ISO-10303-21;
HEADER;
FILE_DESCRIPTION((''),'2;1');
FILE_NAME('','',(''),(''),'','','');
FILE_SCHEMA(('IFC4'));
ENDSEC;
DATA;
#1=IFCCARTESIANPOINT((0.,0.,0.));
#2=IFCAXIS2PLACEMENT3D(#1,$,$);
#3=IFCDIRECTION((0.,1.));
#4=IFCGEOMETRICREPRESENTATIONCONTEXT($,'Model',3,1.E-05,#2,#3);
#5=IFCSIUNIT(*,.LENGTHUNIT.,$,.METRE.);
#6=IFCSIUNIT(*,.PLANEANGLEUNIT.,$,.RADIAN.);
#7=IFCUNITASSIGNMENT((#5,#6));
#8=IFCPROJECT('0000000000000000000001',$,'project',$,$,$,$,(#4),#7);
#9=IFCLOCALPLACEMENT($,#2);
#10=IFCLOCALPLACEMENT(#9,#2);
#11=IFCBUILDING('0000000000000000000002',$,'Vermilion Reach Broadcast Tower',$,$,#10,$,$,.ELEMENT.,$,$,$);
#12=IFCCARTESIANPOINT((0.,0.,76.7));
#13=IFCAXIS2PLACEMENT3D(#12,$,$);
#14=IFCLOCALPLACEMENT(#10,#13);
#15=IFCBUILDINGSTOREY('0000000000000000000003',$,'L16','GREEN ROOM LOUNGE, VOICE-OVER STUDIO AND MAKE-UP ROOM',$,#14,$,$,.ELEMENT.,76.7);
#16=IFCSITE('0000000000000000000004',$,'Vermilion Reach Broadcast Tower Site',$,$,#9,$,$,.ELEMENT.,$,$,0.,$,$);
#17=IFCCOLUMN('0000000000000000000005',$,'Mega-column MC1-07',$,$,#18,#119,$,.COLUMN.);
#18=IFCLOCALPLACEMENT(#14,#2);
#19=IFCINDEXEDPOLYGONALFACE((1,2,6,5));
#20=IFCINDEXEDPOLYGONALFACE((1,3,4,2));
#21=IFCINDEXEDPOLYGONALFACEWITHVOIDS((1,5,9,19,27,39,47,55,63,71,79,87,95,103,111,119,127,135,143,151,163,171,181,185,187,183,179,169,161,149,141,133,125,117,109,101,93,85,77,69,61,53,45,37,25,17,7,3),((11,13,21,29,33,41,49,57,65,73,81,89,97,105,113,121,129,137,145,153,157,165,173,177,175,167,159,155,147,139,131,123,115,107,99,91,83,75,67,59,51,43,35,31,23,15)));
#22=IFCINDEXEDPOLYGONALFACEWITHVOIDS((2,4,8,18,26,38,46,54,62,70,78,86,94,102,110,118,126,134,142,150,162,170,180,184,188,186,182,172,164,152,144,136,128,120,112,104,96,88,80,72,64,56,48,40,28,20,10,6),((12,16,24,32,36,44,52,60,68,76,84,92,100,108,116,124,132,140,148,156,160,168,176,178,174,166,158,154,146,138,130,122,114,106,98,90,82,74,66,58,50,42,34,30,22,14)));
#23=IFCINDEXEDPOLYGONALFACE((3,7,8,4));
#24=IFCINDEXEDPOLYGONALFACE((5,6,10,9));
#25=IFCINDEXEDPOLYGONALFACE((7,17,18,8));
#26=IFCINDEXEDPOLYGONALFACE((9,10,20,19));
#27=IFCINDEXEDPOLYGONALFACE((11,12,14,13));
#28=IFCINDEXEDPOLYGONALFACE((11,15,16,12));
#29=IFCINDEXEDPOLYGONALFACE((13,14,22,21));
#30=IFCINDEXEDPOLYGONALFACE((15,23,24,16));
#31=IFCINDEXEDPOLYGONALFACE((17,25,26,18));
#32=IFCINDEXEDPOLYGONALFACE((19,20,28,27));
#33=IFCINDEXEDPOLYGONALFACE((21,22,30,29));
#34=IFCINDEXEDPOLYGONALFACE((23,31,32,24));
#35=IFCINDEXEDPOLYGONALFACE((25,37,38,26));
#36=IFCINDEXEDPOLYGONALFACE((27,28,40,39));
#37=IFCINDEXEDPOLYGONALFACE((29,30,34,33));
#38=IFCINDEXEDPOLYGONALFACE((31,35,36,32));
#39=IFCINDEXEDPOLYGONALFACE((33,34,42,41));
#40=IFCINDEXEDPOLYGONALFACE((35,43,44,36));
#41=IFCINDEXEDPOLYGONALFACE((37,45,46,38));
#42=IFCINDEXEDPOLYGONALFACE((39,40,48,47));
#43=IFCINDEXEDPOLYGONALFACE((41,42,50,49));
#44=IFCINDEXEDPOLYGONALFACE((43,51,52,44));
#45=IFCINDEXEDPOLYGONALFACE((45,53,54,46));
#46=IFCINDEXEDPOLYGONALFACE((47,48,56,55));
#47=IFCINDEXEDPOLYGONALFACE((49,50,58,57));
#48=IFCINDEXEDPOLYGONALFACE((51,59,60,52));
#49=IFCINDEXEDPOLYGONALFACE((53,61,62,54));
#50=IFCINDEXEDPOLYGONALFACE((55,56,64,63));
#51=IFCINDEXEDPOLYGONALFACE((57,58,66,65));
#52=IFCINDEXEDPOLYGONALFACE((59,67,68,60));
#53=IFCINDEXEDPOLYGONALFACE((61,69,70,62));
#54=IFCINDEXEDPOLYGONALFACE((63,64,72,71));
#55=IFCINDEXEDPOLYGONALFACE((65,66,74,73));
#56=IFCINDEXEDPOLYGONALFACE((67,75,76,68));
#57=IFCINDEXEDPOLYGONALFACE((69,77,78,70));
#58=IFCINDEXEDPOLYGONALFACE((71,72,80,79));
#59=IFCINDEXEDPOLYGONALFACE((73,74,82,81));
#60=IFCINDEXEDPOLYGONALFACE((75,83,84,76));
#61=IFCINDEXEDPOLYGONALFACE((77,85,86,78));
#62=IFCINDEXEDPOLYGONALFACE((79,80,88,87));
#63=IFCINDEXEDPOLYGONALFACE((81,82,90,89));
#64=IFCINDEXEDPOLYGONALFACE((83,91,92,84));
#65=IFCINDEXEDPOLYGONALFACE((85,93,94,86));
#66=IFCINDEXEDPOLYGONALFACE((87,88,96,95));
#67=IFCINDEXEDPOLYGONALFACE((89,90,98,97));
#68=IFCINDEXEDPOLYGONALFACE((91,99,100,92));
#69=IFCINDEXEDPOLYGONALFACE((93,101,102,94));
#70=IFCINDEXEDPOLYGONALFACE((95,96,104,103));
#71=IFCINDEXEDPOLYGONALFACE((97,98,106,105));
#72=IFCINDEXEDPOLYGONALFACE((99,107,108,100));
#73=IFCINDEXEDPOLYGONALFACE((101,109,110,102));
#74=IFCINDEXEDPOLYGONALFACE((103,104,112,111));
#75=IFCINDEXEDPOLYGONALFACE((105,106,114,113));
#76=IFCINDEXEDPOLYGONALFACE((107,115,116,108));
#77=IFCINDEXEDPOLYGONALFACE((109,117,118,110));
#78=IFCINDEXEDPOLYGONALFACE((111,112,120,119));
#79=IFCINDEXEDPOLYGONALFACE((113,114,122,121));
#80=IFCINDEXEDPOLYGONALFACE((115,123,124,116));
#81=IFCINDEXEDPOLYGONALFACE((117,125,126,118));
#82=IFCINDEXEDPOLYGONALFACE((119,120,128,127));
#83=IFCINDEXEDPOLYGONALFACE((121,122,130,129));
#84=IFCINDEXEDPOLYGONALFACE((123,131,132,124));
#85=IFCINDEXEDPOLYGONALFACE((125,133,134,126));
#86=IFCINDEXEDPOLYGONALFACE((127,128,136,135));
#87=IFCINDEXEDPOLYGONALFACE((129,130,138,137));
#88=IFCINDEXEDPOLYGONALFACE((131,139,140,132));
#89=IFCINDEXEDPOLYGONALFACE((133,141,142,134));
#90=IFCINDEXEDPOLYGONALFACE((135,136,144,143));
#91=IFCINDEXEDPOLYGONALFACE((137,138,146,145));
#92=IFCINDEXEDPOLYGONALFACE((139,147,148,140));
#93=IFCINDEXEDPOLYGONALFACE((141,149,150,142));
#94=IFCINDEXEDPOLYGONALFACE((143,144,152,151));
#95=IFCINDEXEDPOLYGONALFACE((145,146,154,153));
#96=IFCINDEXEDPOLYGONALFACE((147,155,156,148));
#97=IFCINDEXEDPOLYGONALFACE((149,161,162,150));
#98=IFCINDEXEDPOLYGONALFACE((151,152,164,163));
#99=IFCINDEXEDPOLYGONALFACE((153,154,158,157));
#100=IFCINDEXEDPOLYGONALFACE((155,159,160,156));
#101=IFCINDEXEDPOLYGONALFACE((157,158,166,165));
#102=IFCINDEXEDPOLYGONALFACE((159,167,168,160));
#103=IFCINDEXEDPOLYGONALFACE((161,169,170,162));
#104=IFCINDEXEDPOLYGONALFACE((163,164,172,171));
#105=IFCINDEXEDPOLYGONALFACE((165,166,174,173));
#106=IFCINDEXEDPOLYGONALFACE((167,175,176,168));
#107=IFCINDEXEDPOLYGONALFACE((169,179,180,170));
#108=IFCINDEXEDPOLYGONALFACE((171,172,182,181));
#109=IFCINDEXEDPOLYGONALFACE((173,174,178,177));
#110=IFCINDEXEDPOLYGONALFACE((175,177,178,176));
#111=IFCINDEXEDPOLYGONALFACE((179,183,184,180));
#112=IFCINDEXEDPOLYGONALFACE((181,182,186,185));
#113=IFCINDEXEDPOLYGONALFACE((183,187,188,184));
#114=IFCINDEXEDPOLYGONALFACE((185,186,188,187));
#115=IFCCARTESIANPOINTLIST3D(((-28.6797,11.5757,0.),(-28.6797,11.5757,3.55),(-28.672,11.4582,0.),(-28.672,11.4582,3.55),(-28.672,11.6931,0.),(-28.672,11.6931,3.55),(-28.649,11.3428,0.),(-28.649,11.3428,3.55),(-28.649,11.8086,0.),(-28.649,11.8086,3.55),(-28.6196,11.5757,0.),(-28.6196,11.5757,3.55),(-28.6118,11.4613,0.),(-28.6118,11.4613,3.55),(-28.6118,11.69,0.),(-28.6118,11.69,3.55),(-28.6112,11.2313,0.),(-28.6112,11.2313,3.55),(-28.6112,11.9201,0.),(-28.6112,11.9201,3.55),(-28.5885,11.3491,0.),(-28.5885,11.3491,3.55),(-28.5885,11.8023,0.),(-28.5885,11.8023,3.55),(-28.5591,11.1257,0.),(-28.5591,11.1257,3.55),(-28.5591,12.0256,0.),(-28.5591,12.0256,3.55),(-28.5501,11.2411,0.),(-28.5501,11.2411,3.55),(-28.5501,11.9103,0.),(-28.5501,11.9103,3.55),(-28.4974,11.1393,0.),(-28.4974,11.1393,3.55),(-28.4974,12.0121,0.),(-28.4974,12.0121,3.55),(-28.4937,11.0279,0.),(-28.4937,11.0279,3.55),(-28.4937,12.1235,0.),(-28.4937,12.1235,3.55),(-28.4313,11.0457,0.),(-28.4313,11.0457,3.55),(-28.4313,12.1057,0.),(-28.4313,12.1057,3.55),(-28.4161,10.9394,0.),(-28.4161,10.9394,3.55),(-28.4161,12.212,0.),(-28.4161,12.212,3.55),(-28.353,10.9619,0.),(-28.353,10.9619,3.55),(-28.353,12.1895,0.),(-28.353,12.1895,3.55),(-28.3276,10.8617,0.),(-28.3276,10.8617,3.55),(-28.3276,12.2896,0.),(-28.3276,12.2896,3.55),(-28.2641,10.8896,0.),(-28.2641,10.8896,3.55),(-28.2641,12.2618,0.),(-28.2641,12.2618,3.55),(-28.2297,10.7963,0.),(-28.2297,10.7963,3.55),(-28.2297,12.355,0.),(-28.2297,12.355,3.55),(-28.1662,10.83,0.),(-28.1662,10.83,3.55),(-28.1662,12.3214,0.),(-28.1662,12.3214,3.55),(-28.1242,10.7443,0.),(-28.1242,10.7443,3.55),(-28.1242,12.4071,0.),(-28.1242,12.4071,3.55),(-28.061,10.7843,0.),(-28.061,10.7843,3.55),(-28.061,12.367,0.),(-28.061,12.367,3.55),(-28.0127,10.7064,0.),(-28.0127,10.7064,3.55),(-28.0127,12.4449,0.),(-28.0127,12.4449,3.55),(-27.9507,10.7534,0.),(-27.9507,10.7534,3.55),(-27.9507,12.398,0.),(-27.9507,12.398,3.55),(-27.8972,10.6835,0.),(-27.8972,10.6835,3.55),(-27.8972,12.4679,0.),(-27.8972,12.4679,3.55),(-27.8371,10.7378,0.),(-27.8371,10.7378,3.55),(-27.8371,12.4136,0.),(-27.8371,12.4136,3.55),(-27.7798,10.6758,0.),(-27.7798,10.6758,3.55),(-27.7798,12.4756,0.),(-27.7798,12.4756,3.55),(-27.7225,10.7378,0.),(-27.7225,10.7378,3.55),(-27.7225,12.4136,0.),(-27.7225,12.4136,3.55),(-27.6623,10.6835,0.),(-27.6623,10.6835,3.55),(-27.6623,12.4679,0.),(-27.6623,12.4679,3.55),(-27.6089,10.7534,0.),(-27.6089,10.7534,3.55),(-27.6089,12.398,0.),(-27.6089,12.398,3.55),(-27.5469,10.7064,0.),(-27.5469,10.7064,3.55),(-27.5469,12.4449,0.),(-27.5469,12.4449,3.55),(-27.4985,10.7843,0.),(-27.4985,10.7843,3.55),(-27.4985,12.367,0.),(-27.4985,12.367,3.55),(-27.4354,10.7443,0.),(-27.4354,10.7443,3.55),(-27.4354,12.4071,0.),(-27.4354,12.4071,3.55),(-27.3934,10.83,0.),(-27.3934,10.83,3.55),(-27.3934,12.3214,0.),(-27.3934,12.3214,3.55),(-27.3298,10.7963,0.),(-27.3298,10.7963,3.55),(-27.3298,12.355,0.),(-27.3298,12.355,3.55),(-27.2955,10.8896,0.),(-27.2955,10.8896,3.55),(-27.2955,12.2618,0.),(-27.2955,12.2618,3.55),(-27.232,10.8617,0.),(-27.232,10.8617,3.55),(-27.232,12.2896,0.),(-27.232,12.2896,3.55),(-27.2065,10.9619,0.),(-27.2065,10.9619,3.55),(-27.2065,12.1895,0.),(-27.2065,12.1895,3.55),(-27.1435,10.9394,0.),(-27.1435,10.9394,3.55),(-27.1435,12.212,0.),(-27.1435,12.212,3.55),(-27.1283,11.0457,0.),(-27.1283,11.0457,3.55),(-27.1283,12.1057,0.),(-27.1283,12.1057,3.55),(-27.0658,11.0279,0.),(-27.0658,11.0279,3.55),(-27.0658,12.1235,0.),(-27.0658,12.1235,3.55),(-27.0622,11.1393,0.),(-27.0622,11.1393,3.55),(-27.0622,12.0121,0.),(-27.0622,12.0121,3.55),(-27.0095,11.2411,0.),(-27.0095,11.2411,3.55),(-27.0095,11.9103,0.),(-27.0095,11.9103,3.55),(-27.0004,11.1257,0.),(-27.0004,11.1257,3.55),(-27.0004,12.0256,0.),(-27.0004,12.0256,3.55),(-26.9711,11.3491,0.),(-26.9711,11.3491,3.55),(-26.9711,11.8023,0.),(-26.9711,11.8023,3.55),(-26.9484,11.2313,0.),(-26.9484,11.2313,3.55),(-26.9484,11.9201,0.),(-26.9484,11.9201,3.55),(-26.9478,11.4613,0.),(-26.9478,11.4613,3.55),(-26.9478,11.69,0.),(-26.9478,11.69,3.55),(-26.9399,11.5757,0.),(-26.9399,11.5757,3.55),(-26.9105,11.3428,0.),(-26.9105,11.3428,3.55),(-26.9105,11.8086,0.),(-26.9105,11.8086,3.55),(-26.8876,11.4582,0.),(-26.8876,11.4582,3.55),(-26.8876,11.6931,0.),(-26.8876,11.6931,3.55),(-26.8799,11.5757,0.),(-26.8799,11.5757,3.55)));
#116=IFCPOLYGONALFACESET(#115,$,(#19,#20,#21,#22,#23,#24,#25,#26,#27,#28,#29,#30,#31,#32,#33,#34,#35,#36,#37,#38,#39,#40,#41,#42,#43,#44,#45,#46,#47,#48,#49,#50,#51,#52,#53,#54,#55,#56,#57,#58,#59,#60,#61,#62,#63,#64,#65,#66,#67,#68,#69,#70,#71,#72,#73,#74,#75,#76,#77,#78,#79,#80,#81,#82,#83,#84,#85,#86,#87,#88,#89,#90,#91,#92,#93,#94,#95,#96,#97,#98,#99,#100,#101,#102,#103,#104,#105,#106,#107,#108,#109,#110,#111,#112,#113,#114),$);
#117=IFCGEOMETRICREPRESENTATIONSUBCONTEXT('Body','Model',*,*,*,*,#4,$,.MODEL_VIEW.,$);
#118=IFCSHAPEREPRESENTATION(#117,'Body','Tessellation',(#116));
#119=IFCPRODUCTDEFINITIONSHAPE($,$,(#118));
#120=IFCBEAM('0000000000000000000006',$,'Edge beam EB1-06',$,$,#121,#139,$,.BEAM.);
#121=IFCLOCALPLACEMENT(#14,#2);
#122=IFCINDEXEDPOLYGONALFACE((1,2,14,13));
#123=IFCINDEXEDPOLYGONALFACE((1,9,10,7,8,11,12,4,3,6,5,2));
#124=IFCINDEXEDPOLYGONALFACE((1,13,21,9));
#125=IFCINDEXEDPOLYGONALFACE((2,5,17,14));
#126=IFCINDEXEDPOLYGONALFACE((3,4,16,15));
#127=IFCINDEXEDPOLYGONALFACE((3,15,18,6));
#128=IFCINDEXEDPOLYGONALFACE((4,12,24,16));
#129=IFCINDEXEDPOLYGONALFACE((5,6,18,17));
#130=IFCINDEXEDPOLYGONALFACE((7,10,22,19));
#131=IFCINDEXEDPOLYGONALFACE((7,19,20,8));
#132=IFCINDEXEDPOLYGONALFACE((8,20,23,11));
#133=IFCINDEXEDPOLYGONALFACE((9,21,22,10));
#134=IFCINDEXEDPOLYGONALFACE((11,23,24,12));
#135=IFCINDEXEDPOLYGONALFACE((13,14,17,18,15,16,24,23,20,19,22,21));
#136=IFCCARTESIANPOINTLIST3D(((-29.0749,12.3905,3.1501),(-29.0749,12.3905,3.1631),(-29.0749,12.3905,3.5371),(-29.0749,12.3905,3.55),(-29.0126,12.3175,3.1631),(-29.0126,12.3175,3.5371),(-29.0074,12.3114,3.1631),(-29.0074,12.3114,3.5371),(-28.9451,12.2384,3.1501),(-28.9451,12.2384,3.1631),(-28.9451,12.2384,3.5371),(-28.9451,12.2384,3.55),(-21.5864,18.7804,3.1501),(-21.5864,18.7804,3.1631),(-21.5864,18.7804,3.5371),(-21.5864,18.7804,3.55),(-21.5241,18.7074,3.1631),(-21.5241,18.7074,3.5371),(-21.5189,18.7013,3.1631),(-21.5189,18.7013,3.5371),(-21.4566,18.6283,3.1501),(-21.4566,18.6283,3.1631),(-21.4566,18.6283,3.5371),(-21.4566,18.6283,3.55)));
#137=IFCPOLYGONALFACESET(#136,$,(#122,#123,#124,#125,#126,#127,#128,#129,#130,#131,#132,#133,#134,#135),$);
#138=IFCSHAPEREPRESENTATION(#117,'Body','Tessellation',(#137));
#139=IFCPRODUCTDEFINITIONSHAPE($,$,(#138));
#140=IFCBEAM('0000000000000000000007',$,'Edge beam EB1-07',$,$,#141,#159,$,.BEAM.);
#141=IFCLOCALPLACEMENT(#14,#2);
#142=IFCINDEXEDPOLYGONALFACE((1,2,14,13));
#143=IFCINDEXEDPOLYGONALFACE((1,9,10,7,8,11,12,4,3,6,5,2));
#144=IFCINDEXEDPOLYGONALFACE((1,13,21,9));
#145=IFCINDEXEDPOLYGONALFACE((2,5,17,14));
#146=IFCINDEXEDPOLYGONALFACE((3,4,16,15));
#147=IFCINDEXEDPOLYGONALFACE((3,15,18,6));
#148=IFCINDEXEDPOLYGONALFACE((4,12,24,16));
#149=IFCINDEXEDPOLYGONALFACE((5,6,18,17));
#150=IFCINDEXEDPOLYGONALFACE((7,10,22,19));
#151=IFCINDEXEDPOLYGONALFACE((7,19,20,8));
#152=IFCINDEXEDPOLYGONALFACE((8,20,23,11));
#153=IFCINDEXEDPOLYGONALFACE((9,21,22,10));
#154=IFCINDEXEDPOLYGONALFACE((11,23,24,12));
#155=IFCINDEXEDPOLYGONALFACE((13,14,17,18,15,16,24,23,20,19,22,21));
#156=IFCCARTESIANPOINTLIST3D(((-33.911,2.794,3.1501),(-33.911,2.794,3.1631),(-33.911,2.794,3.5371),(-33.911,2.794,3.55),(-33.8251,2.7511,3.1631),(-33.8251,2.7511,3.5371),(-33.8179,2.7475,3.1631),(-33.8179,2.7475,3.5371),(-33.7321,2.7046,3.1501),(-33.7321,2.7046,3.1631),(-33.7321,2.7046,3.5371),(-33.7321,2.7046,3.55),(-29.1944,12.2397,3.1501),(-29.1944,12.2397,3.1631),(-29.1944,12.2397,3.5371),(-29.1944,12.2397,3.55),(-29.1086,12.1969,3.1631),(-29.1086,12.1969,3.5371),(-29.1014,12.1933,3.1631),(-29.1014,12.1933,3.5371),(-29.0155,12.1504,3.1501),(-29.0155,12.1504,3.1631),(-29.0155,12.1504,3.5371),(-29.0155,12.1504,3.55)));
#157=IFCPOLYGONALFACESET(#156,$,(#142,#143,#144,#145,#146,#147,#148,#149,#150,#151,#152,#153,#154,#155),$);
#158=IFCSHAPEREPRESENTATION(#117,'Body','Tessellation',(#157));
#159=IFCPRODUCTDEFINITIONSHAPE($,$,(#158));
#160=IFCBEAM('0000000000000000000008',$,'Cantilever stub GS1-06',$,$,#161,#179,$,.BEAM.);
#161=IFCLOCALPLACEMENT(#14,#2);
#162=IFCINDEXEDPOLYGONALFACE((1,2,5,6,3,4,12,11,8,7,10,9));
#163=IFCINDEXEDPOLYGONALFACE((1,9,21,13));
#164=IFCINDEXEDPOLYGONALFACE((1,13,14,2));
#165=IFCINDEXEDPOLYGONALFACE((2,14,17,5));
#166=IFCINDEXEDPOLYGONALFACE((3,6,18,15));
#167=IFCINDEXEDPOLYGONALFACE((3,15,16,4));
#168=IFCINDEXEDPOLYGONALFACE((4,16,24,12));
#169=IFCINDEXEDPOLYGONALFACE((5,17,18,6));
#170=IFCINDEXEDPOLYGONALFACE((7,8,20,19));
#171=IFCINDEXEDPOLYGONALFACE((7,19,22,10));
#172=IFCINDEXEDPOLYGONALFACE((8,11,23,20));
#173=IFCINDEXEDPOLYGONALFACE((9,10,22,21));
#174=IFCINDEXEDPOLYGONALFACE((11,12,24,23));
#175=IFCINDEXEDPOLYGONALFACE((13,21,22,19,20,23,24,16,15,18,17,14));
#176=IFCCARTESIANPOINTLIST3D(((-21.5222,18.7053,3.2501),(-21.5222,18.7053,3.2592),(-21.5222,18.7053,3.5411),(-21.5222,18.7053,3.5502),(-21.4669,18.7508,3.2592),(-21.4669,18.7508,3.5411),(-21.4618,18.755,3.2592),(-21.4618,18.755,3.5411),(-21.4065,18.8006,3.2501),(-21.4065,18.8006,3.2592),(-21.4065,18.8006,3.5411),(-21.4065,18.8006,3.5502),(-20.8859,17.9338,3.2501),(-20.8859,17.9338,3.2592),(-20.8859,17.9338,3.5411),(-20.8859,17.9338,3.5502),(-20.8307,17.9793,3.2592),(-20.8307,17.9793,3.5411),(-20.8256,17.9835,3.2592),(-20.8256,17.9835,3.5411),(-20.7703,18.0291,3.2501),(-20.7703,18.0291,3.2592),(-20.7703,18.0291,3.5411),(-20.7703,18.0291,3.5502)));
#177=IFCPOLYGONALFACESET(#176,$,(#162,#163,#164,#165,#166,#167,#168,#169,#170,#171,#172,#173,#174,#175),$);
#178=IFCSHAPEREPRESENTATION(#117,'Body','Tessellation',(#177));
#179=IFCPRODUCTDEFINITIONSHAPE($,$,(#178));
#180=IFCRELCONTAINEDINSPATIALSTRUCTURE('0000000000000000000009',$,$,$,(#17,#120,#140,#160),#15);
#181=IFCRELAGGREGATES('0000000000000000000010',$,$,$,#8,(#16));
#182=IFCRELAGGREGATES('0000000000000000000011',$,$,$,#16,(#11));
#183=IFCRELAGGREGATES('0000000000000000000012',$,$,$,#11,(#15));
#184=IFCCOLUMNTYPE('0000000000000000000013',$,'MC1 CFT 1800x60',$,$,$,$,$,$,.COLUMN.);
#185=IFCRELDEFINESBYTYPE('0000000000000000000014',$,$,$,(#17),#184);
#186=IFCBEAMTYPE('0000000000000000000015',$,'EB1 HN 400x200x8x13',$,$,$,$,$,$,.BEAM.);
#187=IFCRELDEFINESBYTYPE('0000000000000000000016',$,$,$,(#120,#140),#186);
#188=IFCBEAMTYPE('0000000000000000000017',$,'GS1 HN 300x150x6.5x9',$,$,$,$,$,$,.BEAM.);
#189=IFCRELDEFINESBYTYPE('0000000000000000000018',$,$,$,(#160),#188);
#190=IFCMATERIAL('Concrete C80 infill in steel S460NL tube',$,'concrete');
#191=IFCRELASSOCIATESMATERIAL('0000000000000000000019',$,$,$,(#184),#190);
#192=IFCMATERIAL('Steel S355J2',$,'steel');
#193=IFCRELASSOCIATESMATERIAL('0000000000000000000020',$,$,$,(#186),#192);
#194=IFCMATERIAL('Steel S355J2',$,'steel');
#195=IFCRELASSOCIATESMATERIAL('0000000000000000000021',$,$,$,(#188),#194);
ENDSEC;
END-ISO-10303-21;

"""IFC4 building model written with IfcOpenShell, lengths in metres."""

from ifc_helpers import new_model, si_unit, direction, frame, origin, origin_2d, place, context, subcontext, project, spatial, hollow_circle, i_section, extrude, material, material_profile, profile_set, type_object, element, save


model = new_model("IFC4")

# Units and contexts
model_context = context("Model", 3, precision=1e-05, world=origin(), true_north=direction((0.0, 1.0)))
body_context = subcontext(model_context, "Body", "Model", "MODEL_VIEW")
ifc_project = project(units=[si_unit("LENGTHUNIT", "METRE"), si_unit("PLANEANGLEUNIT", "RADIAN")], contexts=[model_context])

# Site, building, storey
site_placement = place(None, origin())
site = spatial("IfcSite", under=ifc_project, at=site_placement, Name="Vermilion Reach Broadcast Tower Site", CompositionType="ELEMENT", RefElevation=0.0)
building_placement = place(site_placement, origin())
building = spatial("IfcBuilding", under=site, at=building_placement, Name="Vermilion Reach Broadcast Tower", CompositionType="ELEMENT")
storey_placement = place(building_placement, frame((0.0, 0.0, 76.7)))
storey = spatial("IfcBuildingStorey", under=building, at=storey_placement, Name="L16", Description="GREEN ROOM LOUNGE, VOICE-OVER STUDIO AND MAKE-UP ROOM", CompositionType="ELEMENT", Elevation=76.7)

# Column
ifc_material_1 = material(Name="Concrete C80 infill in steel S460NL tube", Category="concrete")
ifc_material_profile_1 = material_profile(ifc_material_1, hollow_circle(Radius=0.8999, WallThickness=0.0601, at=origin_2d()), Name="Concrete C80 infill in steel S460NL tube CFT 1800x60")
ifc_profile_set_1 = profile_set([ifc_material_profile_1], Name="Concrete C80 infill in steel S460NL tube")
column_type = type_object("IfcColumnType", Name="MC1 CFT 1800x60", PredefinedType="COLUMN", material=ifc_profile_set_1)
for number, where, z_axis, x_axis, name in (
    (1, (-27.7798, 11.5757, 0.0), (0.0, 0.0, 1.0), (1.0, 0.0, 0.0), "Mega-column MC1-07"),
):
    element("IfcColumn", number, at=place(storey_placement, frame(where, z_axis=z_axis, x_axis=x_axis)), inside=storey, type_object=column_type, Name=name, PredefinedType="COLUMN", context=body_context, shape_type="SweptSolid", body=[
        extrude(hollow_circle(Radius=0.8999, WallThickness=0.0601, at=origin_2d()), origin(), (0.0, 0.0, 1.0), 3.55),
    ])

# Beams
ifc_material_2 = material(Name="Steel S355J2", Category="steel")
ifc_material_profile_2 = material_profile(ifc_material_2, i_section(OverallWidth=0.2, OverallDepth=0.3999, WebThickness=0.0081, FlangeThickness=0.0129, at=origin_2d()), Name="S355J2 HN 400x200x8x13")
ifc_profile_set_2 = profile_set([ifc_material_profile_2], Name="Steel S355J2")
beam_type_1 = type_object("IfcBeamType", Name="EB1 HN 400x200x8x13", PredefinedType="BEAM", material=ifc_profile_set_2)
beam_1_placement = place(storey_placement, frame((-21.5215, 18.7043, 3.3501), z_axis=(-0.760702, -0.649101, 0.0), x_axis=(0.649101, -0.760702, 0.0)))
element("IfcBeam", 2, at=beam_1_placement, inside=storey, type_object=beam_type_1, Name="Edge beam EB1-06", PredefinedType="BEAM", context=body_context, shape_type="SweptSolid", body=[
    extrude(i_section(OverallWidth=0.2, OverallDepth=0.3999, WebThickness=0.0081, FlangeThickness=0.0129, at=origin_2d()), origin(), (0.0, 0.0, 1.0), 9.8442),
])
beam_2_placement = place(storey_placement, frame((-29.105, 12.1951, 3.3501), z_axis=(-0.446733, -0.894668, 0.0), x_axis=(0.894668, -0.446733, 0.0)))
element("IfcBeam", 3, at=beam_2_placement, inside=storey, type_object=beam_type_1, Name="Edge beam EB1-07", PredefinedType="BEAM", context=body_context, shape_type="SweptSolid", body=[
    extrude(i_section(OverallWidth=0.2, OverallDepth=0.3999, WebThickness=0.0081, FlangeThickness=0.0129, at=origin_2d()), origin(), (0.0, 0.0, 1.0), 10.5579),
])
ifc_material_3 = material(Name="Steel S355J2", Category="steel")
ifc_material_profile_3 = material_profile(ifc_material_3, i_section(OverallWidth=0.1499, OverallDepth=0.3, WebThickness=0.0066, FlangeThickness=0.009, at=origin_2d()), Name="S355J2 HN 300x150x6.5x9")
ifc_profile_set_3 = profile_set([ifc_material_profile_3], Name="Steel S355J2")
beam_type_2 = type_object("IfcBeamType", Name="GS1 HN 300x150x6.5x9", PredefinedType="BEAM", material=ifc_profile_set_3)
for number, where, z_axis, x_axis, name in (
    (4, (-20.8281, 17.9814, 3.4001), (-0.636238, 0.771493, 0.0), (-0.771493, -0.636238, 0.0), "Cantilever stub GS1-06"),
):
    element("IfcBeam", number, at=place(storey_placement, frame(where, z_axis=z_axis, x_axis=x_axis)), inside=storey, type_object=beam_type_2, Name=name, PredefinedType="BEAM", context=body_context, shape_type="SweptSolid", body=[
        extrude(i_section(OverallWidth=0.1499, OverallDepth=0.3, WebThickness=0.0066, FlangeThickness=0.009, at=origin_2d()), origin(), (0.0, 0.0, 1.0), 1.0),
    ])

save(model, "model.ifc")
